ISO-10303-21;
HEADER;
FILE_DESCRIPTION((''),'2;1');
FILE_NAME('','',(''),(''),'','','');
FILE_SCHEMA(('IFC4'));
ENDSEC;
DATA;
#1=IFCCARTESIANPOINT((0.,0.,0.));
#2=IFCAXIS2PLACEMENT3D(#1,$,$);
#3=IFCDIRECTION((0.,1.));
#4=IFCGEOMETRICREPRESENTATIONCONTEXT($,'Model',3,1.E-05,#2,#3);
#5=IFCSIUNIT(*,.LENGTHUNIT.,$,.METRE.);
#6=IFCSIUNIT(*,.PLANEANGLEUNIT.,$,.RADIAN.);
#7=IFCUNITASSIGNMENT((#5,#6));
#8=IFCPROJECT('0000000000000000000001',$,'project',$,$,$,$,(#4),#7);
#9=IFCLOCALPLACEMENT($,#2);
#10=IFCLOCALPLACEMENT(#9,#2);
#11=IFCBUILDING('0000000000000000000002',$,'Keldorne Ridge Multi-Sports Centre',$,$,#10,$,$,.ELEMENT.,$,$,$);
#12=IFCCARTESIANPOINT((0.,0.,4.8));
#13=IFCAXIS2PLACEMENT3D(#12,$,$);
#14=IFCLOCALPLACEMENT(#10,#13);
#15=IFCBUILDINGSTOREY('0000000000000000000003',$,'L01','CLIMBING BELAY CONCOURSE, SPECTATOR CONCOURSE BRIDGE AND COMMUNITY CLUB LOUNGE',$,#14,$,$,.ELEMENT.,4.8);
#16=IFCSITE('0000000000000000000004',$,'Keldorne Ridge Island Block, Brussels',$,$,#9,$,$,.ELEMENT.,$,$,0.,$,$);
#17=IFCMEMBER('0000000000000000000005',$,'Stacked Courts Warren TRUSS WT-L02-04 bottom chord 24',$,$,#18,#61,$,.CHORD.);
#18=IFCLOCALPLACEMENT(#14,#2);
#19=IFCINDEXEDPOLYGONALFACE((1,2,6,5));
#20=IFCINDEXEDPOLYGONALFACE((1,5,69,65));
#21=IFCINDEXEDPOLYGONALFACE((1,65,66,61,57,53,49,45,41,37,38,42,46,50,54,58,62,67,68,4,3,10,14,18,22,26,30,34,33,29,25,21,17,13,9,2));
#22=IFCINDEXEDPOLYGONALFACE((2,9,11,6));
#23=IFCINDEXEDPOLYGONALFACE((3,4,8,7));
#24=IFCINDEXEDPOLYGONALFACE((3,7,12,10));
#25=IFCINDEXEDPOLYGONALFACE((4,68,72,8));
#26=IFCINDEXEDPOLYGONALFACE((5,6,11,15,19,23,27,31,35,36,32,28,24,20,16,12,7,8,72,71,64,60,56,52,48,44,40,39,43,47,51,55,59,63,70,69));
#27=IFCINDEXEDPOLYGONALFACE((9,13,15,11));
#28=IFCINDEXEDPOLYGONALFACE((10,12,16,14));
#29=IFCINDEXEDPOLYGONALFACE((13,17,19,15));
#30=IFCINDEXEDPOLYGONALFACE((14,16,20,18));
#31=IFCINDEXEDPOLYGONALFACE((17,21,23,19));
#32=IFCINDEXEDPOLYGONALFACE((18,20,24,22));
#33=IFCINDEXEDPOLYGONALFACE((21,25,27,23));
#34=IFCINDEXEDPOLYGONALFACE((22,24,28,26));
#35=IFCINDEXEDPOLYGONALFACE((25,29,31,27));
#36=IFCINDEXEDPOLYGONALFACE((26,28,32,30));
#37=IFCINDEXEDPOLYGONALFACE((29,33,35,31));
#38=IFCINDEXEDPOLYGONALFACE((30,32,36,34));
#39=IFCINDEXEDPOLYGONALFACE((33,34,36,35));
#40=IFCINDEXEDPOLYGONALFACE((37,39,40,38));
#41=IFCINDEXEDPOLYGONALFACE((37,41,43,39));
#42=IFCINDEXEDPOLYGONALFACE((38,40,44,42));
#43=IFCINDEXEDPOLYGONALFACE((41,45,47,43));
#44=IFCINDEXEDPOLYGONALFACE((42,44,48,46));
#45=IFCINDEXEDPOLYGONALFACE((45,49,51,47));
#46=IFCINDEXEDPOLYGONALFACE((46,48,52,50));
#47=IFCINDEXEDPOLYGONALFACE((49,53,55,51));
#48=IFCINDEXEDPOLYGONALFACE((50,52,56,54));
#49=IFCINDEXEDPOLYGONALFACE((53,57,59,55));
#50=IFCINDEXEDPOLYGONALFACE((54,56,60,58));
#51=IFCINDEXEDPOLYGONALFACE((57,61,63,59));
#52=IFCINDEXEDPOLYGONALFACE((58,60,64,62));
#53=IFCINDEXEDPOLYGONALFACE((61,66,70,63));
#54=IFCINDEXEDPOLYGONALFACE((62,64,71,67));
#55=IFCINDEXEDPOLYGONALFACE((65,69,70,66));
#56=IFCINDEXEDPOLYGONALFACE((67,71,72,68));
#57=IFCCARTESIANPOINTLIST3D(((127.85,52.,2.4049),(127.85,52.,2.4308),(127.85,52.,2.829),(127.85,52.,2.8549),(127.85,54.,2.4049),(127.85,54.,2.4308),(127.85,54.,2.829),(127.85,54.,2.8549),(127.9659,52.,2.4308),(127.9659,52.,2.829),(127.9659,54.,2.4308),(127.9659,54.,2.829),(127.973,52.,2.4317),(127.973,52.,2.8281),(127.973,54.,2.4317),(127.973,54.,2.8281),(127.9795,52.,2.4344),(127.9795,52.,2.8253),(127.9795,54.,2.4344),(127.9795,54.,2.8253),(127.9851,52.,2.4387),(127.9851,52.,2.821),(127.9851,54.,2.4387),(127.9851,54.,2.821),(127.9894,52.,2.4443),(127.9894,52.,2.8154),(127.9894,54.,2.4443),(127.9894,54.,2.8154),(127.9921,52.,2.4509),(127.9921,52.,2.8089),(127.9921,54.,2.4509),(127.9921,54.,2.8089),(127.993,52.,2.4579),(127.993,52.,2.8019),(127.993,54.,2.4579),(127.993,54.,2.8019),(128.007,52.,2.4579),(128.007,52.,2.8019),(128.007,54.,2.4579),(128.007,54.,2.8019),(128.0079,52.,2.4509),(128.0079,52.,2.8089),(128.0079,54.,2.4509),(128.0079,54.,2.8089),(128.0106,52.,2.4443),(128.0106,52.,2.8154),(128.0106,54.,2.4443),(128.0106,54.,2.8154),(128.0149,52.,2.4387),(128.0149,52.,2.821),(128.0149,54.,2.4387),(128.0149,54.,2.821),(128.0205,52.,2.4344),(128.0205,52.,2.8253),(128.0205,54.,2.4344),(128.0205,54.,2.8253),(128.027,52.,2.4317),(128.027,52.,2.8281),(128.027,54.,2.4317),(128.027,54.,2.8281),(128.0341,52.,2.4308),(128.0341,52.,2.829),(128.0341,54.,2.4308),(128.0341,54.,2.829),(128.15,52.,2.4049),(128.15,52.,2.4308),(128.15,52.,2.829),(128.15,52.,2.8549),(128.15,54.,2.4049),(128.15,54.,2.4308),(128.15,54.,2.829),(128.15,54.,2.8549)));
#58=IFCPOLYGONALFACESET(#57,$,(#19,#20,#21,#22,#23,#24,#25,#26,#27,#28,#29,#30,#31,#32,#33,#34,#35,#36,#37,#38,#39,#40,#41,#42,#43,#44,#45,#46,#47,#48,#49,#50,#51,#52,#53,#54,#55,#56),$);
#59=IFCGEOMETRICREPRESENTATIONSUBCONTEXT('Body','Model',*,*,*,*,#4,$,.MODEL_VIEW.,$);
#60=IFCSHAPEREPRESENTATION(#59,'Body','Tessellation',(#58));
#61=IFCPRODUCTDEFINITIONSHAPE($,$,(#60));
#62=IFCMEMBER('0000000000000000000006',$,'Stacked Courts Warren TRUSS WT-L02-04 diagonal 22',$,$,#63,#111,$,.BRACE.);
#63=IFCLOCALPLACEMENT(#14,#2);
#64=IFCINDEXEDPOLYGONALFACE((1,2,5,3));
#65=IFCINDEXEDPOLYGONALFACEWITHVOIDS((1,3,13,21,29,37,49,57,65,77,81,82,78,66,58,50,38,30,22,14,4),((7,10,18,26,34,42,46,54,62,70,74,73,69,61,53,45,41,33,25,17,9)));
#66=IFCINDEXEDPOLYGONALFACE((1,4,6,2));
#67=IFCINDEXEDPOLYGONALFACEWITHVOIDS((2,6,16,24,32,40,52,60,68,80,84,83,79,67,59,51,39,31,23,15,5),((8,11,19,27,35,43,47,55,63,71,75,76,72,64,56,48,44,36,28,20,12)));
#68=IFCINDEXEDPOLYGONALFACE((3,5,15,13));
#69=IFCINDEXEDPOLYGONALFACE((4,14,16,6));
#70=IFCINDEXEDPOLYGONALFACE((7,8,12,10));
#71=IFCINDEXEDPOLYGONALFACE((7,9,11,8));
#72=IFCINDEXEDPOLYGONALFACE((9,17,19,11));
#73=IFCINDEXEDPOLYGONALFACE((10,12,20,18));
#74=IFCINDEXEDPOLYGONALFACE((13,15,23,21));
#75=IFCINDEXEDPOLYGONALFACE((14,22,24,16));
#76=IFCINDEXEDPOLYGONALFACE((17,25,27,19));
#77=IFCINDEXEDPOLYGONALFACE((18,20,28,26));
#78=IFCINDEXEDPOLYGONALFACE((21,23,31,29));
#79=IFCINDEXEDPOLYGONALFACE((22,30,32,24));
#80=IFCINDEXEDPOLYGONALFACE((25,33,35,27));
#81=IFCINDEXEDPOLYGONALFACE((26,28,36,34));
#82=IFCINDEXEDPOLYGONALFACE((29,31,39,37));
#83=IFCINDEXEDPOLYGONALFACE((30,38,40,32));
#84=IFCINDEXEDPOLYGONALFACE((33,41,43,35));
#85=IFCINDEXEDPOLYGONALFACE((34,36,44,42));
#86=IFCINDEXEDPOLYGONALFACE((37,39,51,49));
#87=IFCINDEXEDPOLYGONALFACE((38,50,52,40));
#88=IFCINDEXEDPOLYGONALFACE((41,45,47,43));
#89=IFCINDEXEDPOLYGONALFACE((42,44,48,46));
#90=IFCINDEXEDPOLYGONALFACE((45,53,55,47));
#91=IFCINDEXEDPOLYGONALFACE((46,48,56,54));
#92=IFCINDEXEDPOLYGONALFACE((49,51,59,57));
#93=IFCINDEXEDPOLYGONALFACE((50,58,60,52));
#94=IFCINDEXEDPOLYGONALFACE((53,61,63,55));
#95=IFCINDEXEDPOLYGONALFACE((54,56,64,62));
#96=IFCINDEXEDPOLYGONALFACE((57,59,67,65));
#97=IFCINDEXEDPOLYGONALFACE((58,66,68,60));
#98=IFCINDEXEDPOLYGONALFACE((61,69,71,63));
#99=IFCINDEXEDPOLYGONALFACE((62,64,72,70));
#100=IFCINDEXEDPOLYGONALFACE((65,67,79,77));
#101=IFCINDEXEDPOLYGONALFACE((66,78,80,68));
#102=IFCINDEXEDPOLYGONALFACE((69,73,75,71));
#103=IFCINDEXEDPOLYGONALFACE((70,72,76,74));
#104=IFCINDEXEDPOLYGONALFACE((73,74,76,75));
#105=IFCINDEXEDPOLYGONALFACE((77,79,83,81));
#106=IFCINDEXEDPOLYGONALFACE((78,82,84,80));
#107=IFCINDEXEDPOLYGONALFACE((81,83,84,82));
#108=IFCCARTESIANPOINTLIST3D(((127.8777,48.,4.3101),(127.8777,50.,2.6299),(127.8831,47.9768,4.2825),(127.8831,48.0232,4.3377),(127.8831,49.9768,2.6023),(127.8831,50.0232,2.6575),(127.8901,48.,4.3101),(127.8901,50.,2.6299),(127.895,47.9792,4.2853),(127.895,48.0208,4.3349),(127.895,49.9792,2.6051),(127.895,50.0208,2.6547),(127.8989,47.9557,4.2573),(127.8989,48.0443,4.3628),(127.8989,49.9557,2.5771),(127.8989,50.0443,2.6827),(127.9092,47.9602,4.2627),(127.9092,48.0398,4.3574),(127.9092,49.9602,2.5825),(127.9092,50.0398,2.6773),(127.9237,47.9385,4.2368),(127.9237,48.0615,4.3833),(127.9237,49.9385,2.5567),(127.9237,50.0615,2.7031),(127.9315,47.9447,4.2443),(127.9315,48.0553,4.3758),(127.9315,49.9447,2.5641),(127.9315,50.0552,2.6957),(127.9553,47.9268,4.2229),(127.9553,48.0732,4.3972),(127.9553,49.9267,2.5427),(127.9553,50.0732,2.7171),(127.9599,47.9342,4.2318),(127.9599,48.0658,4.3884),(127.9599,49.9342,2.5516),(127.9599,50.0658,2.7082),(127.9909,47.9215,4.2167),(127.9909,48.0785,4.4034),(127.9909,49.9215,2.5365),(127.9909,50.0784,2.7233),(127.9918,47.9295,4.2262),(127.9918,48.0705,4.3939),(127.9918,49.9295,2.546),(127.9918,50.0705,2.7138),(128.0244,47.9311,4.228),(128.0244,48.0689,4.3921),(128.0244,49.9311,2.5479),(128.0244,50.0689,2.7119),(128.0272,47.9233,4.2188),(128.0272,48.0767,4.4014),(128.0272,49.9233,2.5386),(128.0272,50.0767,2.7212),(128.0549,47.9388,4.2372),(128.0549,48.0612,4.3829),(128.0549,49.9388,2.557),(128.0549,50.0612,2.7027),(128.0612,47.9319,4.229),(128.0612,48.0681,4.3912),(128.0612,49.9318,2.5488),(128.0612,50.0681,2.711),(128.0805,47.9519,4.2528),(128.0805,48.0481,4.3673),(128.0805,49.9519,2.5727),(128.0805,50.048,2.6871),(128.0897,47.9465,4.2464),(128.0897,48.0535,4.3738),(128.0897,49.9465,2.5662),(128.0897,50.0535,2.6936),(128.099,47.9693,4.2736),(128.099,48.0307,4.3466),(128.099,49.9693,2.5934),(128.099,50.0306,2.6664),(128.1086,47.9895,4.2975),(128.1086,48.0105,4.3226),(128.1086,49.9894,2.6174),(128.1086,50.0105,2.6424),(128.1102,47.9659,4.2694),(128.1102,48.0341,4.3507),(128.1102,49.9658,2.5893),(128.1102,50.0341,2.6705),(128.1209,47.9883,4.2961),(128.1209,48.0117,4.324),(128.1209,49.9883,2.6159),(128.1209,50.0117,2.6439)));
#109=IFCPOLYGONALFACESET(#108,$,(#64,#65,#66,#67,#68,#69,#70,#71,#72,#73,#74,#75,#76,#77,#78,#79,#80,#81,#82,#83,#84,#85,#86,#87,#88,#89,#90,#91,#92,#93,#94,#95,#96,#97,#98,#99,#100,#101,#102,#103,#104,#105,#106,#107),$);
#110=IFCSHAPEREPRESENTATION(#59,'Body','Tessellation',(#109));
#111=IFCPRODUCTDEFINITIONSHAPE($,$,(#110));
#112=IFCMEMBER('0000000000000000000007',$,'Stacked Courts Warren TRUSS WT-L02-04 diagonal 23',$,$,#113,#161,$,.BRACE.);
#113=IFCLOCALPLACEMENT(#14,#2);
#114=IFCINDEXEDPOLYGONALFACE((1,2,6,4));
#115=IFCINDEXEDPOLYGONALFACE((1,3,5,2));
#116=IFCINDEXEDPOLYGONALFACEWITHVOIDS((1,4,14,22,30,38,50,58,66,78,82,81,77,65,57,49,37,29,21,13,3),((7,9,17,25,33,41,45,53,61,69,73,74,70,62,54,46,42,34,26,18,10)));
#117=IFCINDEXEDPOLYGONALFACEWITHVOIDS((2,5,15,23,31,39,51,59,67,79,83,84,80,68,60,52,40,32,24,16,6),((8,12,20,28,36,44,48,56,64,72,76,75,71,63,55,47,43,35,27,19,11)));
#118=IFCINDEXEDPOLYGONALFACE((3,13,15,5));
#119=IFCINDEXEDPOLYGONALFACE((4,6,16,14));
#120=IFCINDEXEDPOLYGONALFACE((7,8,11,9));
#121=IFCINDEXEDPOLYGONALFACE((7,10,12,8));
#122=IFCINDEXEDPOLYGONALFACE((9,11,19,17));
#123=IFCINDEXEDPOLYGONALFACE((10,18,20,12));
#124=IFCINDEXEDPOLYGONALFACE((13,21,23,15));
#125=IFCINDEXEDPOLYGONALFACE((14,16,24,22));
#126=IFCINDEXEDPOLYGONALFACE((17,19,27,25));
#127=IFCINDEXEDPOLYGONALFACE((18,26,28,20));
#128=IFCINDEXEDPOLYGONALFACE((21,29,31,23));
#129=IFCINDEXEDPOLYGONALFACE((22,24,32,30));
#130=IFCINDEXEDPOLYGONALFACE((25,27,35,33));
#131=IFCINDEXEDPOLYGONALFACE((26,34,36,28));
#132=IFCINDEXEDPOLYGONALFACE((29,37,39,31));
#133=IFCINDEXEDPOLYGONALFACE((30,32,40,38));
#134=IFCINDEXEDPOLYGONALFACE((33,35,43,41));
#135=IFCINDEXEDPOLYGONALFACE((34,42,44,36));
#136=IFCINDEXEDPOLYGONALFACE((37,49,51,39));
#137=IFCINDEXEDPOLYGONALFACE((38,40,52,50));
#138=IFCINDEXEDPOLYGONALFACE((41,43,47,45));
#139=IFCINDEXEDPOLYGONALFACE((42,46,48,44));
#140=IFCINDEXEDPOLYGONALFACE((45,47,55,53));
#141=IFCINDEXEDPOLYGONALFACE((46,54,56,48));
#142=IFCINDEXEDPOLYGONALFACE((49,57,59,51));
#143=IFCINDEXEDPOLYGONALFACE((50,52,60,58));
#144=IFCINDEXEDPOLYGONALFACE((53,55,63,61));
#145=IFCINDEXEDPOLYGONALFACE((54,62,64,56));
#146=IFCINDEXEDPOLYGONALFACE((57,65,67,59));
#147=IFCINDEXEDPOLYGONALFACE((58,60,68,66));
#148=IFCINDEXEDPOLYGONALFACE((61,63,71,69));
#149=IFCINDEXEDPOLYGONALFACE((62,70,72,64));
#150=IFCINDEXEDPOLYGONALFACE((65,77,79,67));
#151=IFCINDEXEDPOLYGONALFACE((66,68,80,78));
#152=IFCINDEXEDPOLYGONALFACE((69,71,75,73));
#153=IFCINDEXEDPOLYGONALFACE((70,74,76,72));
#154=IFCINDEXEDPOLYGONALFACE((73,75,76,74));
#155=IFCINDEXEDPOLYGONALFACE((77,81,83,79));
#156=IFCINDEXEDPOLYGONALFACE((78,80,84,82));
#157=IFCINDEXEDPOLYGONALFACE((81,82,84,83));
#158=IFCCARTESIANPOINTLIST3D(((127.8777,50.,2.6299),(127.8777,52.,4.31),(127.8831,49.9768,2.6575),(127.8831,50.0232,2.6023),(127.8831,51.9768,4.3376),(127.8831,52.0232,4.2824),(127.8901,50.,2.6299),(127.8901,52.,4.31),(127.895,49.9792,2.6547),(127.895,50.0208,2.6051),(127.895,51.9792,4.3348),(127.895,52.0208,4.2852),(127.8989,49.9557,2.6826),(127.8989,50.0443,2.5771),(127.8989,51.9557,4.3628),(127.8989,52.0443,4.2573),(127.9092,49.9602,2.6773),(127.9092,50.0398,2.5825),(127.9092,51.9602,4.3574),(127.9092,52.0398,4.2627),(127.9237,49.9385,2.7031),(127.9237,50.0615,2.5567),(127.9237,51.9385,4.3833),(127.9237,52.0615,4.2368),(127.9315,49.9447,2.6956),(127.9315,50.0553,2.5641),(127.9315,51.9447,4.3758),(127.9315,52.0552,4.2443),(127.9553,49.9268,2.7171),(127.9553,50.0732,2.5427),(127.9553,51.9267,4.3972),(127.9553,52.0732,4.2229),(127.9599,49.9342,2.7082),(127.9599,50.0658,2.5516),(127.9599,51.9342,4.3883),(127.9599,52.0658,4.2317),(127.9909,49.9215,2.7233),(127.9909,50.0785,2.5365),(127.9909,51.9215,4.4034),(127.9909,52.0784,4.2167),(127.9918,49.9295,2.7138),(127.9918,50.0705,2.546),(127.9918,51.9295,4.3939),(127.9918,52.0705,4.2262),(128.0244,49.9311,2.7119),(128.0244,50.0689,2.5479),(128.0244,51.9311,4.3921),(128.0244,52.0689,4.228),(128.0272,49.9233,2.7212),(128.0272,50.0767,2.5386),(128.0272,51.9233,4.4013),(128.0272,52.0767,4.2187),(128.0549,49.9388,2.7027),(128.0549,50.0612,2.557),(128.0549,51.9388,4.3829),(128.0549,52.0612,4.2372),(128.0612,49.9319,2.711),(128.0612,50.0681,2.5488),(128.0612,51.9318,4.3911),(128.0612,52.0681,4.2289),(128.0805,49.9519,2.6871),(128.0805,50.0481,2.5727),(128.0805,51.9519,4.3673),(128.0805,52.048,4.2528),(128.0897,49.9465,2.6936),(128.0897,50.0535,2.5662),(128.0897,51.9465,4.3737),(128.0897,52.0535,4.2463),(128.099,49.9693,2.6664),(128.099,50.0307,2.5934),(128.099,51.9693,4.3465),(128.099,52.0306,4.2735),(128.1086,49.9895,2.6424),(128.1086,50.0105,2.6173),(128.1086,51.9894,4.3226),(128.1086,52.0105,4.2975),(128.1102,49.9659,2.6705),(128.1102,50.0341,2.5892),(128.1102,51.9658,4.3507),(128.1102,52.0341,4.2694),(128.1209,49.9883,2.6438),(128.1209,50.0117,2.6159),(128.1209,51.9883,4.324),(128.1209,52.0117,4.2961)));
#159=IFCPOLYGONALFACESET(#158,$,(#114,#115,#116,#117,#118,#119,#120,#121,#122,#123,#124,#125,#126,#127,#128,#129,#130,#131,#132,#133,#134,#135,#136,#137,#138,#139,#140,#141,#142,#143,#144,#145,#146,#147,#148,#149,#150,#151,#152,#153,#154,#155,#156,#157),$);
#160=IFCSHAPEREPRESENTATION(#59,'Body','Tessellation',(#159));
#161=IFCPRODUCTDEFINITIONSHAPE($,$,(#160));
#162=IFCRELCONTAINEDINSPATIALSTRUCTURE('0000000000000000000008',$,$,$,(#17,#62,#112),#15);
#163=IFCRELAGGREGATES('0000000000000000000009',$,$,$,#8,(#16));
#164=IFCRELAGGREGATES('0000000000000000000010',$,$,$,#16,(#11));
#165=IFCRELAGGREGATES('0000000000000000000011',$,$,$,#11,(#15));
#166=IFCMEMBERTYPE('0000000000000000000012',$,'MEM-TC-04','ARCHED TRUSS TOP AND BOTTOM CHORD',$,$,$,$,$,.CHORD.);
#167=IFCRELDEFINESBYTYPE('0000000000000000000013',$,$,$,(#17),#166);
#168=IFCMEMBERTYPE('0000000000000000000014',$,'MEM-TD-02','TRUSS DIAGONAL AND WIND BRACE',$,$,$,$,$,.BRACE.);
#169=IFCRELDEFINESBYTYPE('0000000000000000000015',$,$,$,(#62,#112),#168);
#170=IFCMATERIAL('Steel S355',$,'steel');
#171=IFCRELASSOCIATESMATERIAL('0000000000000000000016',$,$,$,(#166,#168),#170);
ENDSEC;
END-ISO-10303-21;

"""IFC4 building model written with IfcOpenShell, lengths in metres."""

from ifc_helpers import new_model, si_unit, direction, frame, origin, origin_2d, place, context, subcontext, project, spatial, hollow_circle, i_section, extrude, material, material_profile, profile_set, type_object, element, save


model = new_model("IFC4")

# Units and contexts
model_context = context("Model", 3, precision=1e-05, world=origin(), true_north=direction((0.0, 1.0)))
body_context = subcontext(model_context, "Body", "Model", "MODEL_VIEW")
ifc_project = project(units=[si_unit("LENGTHUNIT", "METRE"), si_unit("PLANEANGLEUNIT", "RADIAN")], contexts=[model_context])

# Site, building, storey
site_placement = place(None, origin())
site = spatial("IfcSite", under=ifc_project, at=site_placement, Name="Keldorne Ridge Island Block, Brussels", CompositionType="ELEMENT", RefElevation=0.0)
building_placement = place(site_placement, origin())
building = spatial("IfcBuilding", under=site, at=building_placement, Name="Keldorne Ridge Multi-Sports Centre", CompositionType="ELEMENT")
storey_placement = place(building_placement, frame((0.0, 0.0, 4.8)))
storey = spatial("IfcBuildingStorey", under=building, at=storey_placement, Name="L01", Description="CLIMBING BELAY CONCOURSE, SPECTATOR CONCOURSE BRIDGE AND COMMUNITY CLUB LOUNGE", CompositionType="ELEMENT", Elevation=4.8)

# Shared definitions
ifc_material_1 = material(Name="Steel S355", Category="steel")

# Members
ifc_material_profile_1 = material_profile(ifc_material_1, i_section(OverallWidth=0.3, OverallDepth=0.45, WebThickness=0.0139, FlangeThickness=0.0259, FilletRadius=0.0271, at=origin_2d()), Name="HEB 450")
ifc_profile_set_1 = profile_set([ifc_material_profile_1], Name="Steel S355")
member_type_1 = type_object("IfcMemberType", Name="MEM-TC-04", Description="ARCHED TRUSS TOP AND BOTTOM CHORD", PredefinedType="CHORD", material=ifc_profile_set_1)
for number, where, z_axis, x_axis, name in (
    (1, (128.0, 52.0, 2.6299), (0.0, 1.0, 0.0), (-1.0, 0.0, 0.0), "Stacked Courts Warren TRUSS WT-L02-04 bottom chord 24"),
):
    element("IfcMember", number, at=place(storey_placement, frame(where, z_axis=z_axis, x_axis=x_axis)), inside=storey, type_object=member_type_1, Name=name, PredefinedType="CHORD", context=body_context, shape_type="SweptSolid", body=[
        extrude(i_section(OverallWidth=0.3, OverallDepth=0.45, WebThickness=0.0139, FlangeThickness=0.0259, FilletRadius=0.0271, at=origin_2d()), origin(), (0.0, 0.0, 1.0), 2.0),
    ])
ifc_material_profile_2 = material_profile(ifc_material_1, hollow_circle(Radius=0.1223, WallThickness=0.0125, at=origin_2d()), Name="CHS 244.5x12.5")
ifc_profile_set_2 = profile_set([ifc_material_profile_2], Name="Steel S355")
member_type_2 = type_object("IfcMemberType", Name="MEM-TD-02", Description="TRUSS DIAGONAL AND WIND BRACE", PredefinedType="BRACE", material=ifc_profile_set_2)
for number, where, z_axis, x_axis, name in (
    (2, (128.0, 48.0, 4.3101), (0.0, 0.765672, -0.643232), (-1.0, 0.0, 0.0), "Stacked Courts Warren TRUSS WT-L02-04 diagonal 22"),
    (3, (128.0, 50.0, 2.6299), (0.0, 0.765672, 0.643232), (-1.0, 0.0, 0.0), "Stacked Courts Warren TRUSS WT-L02-04 diagonal 23"),
):
    element("IfcMember", number, at=place(storey_placement, frame(where, z_axis=z_axis, x_axis=x_axis)), inside=storey, type_object=member_type_2, Name=name, PredefinedType="BRACE", context=body_context, shape_type="SweptSolid", body=[
        extrude(hollow_circle(Radius=0.1223, WallThickness=0.0125, at=origin_2d()), origin(), (0.0, 0.0, 1.0), 2.6121),
    ])

save(model, "model.ifc")
